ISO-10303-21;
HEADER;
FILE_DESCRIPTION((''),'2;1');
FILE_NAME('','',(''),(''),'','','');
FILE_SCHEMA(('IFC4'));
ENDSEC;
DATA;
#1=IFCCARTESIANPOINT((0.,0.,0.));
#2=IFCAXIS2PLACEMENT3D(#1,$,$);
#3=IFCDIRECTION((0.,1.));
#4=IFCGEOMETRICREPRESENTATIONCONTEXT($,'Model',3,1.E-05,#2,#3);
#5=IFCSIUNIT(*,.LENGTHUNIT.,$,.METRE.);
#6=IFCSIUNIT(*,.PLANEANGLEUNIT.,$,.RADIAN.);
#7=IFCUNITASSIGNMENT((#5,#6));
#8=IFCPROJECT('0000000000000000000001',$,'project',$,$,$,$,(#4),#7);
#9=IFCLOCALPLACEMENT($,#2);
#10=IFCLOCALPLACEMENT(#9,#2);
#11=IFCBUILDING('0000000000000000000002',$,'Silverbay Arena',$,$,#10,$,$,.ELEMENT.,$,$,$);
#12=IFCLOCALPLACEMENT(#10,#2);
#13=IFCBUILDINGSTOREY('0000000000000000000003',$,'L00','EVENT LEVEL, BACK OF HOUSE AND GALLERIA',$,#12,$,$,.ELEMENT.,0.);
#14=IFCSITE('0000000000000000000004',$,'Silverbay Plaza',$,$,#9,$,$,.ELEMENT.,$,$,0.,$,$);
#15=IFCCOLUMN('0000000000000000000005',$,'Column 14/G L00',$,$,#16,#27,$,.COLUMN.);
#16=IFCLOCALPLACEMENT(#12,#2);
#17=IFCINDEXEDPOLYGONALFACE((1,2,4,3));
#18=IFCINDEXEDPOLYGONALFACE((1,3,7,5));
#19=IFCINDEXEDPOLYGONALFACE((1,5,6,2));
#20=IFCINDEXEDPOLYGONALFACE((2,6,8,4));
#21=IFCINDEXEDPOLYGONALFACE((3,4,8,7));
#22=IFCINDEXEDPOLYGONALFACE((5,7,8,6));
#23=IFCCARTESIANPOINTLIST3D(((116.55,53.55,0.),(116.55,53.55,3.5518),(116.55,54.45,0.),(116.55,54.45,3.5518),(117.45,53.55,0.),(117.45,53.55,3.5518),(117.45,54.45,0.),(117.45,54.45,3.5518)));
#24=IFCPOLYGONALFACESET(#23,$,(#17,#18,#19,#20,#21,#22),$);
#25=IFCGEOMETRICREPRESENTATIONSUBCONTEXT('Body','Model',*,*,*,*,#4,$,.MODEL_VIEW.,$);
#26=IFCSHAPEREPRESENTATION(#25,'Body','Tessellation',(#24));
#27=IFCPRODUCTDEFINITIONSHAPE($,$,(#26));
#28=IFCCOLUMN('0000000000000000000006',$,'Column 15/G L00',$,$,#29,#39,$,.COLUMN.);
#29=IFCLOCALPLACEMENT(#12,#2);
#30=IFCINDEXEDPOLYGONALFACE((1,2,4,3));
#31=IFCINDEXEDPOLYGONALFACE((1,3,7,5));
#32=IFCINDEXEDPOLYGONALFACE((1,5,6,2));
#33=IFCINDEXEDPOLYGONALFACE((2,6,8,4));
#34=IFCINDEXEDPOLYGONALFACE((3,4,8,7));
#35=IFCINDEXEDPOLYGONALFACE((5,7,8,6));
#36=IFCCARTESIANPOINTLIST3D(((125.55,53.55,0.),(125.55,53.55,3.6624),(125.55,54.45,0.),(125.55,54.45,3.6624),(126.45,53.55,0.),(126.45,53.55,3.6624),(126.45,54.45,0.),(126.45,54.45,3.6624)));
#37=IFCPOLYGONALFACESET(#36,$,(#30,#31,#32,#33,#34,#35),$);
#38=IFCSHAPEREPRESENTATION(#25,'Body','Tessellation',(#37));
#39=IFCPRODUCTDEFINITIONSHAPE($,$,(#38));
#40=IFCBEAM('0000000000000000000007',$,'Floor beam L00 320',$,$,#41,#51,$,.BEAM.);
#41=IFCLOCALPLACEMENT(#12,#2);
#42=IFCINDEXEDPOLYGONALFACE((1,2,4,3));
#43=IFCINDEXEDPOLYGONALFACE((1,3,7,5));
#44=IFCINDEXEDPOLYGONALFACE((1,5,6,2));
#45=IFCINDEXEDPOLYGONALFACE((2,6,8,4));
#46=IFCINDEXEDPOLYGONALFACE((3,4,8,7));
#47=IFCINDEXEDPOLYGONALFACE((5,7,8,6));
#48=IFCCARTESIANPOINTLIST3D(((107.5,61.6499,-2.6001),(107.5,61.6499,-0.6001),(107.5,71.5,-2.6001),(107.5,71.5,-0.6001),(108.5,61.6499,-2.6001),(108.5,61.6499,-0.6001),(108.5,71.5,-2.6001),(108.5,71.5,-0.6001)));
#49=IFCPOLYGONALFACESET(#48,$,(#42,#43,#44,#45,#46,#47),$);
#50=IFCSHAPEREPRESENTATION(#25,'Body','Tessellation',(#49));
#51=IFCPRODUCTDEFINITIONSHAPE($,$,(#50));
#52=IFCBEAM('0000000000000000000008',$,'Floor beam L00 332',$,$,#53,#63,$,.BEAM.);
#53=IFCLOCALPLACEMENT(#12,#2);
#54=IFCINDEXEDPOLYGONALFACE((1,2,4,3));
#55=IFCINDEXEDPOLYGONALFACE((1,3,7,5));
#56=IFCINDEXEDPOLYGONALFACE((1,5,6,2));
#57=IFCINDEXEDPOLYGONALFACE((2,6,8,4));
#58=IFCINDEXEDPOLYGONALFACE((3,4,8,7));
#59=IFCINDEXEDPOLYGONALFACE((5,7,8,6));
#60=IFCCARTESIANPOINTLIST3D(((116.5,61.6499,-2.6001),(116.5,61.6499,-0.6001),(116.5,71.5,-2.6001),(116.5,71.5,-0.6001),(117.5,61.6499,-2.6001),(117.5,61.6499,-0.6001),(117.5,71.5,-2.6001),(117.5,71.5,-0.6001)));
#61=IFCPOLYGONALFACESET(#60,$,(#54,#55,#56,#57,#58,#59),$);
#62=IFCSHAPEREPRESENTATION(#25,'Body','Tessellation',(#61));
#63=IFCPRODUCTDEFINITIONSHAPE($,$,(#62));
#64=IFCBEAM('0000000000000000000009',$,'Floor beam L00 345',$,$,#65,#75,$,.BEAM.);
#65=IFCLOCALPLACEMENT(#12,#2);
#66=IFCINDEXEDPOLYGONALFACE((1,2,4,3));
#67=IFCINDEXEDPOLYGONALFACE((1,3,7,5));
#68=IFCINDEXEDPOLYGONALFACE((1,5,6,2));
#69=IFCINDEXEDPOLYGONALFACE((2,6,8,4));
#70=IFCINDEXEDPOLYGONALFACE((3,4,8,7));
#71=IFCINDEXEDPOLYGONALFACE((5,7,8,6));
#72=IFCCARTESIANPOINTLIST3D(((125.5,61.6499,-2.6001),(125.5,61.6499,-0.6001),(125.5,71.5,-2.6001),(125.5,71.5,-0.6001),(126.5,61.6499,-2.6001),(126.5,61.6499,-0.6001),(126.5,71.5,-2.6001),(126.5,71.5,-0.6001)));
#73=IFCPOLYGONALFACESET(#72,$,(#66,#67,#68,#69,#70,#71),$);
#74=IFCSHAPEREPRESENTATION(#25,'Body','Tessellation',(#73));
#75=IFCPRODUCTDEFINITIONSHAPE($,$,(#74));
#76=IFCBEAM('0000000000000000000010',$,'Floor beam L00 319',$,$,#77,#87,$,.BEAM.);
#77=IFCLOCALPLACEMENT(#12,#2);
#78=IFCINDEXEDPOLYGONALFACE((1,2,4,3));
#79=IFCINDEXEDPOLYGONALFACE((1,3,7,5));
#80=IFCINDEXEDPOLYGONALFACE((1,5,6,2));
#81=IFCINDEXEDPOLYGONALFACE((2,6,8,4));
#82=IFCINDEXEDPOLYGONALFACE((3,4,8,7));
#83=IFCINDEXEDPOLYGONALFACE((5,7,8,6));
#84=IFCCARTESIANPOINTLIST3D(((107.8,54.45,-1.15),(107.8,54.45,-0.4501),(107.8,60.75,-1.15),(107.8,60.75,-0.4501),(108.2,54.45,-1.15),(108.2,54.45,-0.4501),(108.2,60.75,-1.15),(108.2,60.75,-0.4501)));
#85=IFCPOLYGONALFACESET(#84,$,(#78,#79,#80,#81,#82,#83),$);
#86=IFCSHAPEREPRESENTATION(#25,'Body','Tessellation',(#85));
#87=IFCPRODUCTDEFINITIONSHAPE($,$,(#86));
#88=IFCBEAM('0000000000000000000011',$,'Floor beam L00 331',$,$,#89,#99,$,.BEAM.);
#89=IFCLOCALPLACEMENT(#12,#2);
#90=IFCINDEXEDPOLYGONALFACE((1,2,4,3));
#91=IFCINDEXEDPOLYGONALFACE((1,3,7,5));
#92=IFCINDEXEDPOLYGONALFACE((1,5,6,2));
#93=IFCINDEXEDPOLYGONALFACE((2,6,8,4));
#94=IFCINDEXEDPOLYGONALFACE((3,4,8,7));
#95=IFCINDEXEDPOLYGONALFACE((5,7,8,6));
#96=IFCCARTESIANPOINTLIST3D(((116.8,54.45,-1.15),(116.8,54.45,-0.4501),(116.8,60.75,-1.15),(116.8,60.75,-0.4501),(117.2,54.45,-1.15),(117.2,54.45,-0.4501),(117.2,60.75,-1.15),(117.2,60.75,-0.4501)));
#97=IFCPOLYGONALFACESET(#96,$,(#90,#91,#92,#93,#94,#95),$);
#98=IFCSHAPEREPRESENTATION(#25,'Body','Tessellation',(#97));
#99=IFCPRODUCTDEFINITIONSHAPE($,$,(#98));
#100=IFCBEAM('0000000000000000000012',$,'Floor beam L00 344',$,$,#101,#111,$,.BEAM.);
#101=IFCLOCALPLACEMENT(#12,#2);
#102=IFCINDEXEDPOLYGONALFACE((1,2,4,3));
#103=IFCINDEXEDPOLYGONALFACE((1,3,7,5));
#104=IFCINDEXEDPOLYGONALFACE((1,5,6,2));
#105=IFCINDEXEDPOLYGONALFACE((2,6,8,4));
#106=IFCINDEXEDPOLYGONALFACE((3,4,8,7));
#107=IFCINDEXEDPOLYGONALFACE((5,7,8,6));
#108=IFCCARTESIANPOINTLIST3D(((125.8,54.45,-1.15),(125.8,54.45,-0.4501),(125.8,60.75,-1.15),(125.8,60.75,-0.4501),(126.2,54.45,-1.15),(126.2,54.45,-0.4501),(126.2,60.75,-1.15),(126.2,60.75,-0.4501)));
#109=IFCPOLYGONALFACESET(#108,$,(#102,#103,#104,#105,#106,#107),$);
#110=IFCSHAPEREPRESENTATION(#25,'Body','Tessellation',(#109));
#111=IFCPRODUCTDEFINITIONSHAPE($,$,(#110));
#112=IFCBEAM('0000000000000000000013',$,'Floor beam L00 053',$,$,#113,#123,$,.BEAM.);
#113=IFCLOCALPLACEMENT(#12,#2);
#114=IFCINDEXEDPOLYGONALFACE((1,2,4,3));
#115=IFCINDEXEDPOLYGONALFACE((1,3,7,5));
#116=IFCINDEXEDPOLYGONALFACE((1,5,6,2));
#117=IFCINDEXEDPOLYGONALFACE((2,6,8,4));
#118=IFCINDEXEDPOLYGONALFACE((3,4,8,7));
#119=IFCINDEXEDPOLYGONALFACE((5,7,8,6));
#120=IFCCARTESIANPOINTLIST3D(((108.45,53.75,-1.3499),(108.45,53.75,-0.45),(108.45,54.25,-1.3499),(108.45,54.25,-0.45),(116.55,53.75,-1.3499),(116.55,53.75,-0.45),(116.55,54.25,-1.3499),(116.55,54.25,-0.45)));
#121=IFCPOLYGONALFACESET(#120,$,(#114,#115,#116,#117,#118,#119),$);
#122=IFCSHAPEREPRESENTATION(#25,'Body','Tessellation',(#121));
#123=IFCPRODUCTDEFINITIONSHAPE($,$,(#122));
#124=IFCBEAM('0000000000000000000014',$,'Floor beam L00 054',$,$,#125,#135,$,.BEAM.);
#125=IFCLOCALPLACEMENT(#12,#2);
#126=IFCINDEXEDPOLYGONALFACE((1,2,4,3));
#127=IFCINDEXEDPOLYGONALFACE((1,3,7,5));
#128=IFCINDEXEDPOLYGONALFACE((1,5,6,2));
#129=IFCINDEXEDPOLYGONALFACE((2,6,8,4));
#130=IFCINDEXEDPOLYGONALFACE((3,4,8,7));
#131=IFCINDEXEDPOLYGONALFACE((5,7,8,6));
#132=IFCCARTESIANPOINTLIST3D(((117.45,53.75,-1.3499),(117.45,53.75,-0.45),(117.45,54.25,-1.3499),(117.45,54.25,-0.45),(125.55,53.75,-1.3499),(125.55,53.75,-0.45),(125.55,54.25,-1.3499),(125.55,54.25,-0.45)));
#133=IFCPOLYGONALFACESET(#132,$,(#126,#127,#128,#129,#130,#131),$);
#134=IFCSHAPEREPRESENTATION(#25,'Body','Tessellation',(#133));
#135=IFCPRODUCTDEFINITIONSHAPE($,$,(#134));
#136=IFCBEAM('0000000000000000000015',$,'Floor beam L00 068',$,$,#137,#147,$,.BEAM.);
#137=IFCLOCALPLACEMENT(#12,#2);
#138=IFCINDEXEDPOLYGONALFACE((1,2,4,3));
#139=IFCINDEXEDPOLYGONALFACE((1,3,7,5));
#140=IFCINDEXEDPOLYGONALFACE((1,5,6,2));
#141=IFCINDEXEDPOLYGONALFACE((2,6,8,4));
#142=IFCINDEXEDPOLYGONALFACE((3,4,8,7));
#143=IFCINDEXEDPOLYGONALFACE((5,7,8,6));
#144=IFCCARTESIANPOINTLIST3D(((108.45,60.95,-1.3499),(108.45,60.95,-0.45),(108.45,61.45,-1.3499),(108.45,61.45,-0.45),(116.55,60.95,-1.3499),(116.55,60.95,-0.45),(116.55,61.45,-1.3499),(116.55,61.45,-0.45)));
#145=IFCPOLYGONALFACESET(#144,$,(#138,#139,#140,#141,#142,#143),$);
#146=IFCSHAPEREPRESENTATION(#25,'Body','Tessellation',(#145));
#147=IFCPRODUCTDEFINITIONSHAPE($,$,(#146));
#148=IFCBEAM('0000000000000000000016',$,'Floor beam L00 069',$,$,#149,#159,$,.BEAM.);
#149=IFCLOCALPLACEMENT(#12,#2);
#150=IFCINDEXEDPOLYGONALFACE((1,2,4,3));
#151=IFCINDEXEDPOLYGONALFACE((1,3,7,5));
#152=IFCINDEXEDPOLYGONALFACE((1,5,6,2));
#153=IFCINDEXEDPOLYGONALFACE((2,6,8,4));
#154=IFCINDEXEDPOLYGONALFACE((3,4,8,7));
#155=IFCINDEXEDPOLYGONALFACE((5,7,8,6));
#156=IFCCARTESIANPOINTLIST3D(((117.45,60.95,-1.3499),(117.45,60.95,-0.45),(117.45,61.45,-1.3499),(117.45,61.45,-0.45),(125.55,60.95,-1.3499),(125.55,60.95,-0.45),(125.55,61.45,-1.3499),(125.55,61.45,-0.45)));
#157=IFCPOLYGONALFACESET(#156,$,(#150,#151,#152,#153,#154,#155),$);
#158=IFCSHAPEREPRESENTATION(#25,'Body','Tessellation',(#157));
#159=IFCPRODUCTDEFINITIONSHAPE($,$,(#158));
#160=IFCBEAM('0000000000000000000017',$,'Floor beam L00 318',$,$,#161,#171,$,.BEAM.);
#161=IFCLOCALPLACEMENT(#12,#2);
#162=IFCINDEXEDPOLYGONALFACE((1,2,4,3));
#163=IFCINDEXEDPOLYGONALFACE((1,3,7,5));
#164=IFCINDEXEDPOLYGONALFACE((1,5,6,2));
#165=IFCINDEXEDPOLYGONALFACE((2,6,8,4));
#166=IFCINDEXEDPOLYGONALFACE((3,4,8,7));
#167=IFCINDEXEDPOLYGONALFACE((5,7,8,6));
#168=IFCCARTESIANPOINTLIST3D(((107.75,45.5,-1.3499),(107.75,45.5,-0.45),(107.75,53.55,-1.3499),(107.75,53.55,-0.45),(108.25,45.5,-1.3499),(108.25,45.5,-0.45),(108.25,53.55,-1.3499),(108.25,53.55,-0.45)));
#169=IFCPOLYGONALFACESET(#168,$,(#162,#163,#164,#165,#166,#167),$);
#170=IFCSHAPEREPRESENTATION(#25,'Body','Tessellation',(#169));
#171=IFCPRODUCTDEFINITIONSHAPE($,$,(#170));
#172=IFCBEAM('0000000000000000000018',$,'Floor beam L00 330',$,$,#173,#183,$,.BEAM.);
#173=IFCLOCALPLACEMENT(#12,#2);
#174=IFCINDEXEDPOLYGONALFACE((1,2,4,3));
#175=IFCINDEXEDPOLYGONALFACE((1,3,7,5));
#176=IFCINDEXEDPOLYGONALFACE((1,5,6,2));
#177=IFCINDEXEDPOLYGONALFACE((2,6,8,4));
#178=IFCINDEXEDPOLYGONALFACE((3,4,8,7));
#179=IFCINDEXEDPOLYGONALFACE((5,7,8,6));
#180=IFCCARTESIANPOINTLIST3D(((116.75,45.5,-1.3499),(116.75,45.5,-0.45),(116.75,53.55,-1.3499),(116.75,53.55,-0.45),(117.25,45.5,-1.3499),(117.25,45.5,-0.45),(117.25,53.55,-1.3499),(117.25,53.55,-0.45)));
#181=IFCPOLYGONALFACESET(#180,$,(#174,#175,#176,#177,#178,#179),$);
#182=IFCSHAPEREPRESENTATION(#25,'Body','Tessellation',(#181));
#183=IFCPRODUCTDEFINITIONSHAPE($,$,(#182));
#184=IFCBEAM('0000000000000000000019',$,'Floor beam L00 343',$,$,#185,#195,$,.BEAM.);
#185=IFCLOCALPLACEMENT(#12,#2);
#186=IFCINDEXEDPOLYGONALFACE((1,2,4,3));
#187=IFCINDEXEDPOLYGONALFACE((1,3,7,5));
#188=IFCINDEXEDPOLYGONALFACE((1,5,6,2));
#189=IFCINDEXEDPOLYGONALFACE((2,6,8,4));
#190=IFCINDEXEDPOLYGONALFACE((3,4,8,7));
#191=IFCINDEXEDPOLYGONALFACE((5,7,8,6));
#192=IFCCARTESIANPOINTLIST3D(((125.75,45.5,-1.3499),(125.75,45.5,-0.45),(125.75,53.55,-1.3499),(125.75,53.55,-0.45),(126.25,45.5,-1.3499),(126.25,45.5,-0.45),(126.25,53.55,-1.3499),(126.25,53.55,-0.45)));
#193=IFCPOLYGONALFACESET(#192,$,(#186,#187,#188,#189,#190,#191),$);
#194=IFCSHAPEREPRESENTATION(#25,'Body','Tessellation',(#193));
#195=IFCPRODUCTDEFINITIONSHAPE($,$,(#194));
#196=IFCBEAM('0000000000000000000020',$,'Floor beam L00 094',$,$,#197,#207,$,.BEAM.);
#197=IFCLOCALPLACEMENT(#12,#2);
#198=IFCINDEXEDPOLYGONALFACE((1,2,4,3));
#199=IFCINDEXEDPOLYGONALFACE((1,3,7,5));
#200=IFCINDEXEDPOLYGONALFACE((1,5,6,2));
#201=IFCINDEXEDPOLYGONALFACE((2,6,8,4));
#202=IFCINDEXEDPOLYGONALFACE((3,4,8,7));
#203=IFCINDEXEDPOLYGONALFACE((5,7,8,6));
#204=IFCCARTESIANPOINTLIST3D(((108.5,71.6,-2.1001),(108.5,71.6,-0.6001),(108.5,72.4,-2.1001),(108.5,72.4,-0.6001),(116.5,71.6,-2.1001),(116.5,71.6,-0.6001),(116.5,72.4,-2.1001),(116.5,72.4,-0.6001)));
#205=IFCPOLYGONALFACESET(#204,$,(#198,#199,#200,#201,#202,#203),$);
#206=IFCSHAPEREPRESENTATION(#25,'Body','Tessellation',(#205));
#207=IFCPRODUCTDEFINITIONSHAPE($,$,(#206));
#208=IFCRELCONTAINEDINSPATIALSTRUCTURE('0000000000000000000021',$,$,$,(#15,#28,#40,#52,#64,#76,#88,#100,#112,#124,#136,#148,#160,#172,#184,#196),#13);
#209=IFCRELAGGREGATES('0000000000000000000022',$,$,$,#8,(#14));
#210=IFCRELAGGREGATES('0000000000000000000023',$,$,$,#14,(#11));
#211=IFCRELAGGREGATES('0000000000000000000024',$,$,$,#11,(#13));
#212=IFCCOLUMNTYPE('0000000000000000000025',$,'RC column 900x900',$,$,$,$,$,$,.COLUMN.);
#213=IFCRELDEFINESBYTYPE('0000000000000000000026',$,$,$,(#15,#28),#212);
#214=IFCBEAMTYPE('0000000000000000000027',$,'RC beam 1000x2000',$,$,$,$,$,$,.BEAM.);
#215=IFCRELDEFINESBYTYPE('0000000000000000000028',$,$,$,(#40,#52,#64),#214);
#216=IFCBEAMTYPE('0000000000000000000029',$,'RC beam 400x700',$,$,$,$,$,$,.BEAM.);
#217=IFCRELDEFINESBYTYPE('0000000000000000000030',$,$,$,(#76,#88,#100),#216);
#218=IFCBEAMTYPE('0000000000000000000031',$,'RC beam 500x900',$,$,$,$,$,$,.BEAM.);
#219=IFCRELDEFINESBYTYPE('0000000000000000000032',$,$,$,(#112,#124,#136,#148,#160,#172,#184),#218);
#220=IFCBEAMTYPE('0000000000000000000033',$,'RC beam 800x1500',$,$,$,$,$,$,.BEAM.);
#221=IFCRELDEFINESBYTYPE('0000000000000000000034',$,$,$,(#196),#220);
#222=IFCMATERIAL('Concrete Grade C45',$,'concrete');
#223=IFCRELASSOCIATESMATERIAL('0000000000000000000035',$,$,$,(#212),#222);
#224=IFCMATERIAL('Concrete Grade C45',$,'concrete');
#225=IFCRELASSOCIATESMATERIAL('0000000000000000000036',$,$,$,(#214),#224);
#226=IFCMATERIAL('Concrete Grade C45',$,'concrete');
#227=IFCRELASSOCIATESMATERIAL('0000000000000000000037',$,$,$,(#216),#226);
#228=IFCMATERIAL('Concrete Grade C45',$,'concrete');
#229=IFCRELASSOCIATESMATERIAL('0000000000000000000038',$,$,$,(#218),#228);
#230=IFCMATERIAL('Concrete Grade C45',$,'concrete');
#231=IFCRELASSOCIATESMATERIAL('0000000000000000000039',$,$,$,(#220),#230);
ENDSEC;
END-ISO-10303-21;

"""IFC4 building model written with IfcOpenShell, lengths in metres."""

from ifc_helpers import new_model, si_unit, direction, frame, origin, origin_2d, place, context, subcontext, project, spatial, rectangle, extrude, material, material_profile, profile_set, type_object, element, save


model = new_model("IFC4")

# Units and contexts
model_context = context("Model", 3, precision=1e-05, world=origin(), true_north=direction((0.0, 1.0)))
body_context = subcontext(model_context, "Body", "Model", "MODEL_VIEW")
ifc_project = project(units=[si_unit("LENGTHUNIT", "METRE"), si_unit("PLANEANGLEUNIT", "RADIAN")], contexts=[model_context])

# Site, building, storey
site_placement = place(None, origin())
site = spatial("IfcSite", under=ifc_project, at=site_placement, Name="Silverbay Plaza", CompositionType="ELEMENT", RefElevation=0.0)
building_placement = place(site_placement, origin())
building = spatial("IfcBuilding", under=site, at=building_placement, Name="Silverbay Arena", CompositionType="ELEMENT")
storey_placement = place(building_placement, origin())
storey = spatial("IfcBuildingStorey", under=building, at=storey_placement, Name="L00", Description="EVENT LEVEL, BACK OF HOUSE AND GALLERIA", CompositionType="ELEMENT", Elevation=0.0)

# Columns
ifc_material_1 = material(Name="Concrete Grade C45", Category="concrete")
ifc_material_profile_1 = material_profile(ifc_material_1, rectangle(XDim=0.8999, YDim=0.8999, at=origin_2d()), Name="RC 900x900")
ifc_profile_set_1 = profile_set([ifc_material_profile_1], Name="Concrete Grade C45")
column_type = type_object("IfcColumnType", Name="RC column 900x900", PredefinedType="COLUMN", material=ifc_profile_set_1)
column_1_placement = place(storey_placement, frame((117.0, 54.0, 0.0), z_axis=(0.0, 0.0, 1.0), x_axis=(1.0, 0.0, 0.0)))
element("IfcColumn", 1, at=column_1_placement, inside=storey, type_object=column_type, Name="Column 14/G L00", PredefinedType="COLUMN", context=body_context, shape_type="SweptSolid", body=[
    extrude(rectangle(XDim=0.8999, YDim=0.8999, at=origin_2d()), origin(), (0.0, 0.0, 1.0), 3.5518),
])
column_2_placement = place(storey_placement, frame((126.0, 54.0, 0.0), z_axis=(0.0, 0.0, 1.0), x_axis=(1.0, 0.0, 0.0)))
element("IfcColumn", 2, at=column_2_placement, inside=storey, type_object=column_type, Name="Column 15/G L00", PredefinedType="COLUMN", context=body_context, shape_type="SweptSolid", body=[
    extrude(rectangle(XDim=0.8999, YDim=0.8999, at=origin_2d()), origin(), (0.0, 0.0, 1.0), 3.6624),
])

# Beams
ifc_material_2 = material(Name="Concrete Grade C45", Category="concrete")
ifc_material_profile_2 = material_profile(ifc_material_2, rectangle(XDim=1.0, YDim=2.0, at=origin_2d()), Name="RC 1000x2000")
ifc_profile_set_2 = profile_set([ifc_material_profile_2], Name="Concrete Grade C45")
beam_type_1 = type_object("IfcBeamType", Name="RC beam 1000x2000", PredefinedType="BEAM", material=ifc_profile_set_2)
for number, where, z_axis, x_axis, name in (
    (3, (108.0, 61.6499, -1.6001), (0.0, 1.0, 0.0), (-1.0, 0.0, 0.0), "Floor beam L00 320"),
    (4, (117.0, 61.6499, -1.6001), (0.0, 1.0, 0.0), (-1.0, 0.0, 0.0), "Floor beam L00 332"),
    (5, (126.0, 61.6499, -1.6001), (0.0, 1.0, 0.0), (-1.0, 0.0, 0.0), "Floor beam L00 345"),
):
    element("IfcBeam", number, at=place(storey_placement, frame(where, z_axis=z_axis, x_axis=x_axis)), inside=storey, type_object=beam_type_1, Name=name, PredefinedType="BEAM", context=body_context, shape_type="SweptSolid", body=[
        extrude(rectangle(XDim=1.0, YDim=2.0, at=origin_2d()), origin(), (0.0, 0.0, 1.0), 9.8501),
    ])
ifc_material_3 = material(Name="Concrete Grade C45", Category="concrete")
ifc_material_profile_3 = material_profile(ifc_material_3, rectangle(XDim=0.3999, YDim=0.7, at=origin_2d()), Name="RC 400x700")
ifc_profile_set_3 = profile_set([ifc_material_profile_3], Name="Concrete Grade C45")
beam_type_2 = type_object("IfcBeamType", Name="RC beam 400x700", PredefinedType="BEAM", material=ifc_profile_set_3)
for number, where, z_axis, x_axis, name in (
    (6, (108.0, 54.45, -0.8), (0.0, 1.0, 0.0), (-1.0, 0.0, 0.0), "Floor beam L00 319"),
    (7, (117.0, 54.45, -0.8), (0.0, 1.0, 0.0), (-1.0, 0.0, 0.0), "Floor beam L00 331"),
    (8, (126.0, 54.45, -0.8), (0.0, 1.0, 0.0), (-1.0, 0.0, 0.0), "Floor beam L00 344"),
):
    element("IfcBeam", number, at=place(storey_placement, frame(where, z_axis=z_axis, x_axis=x_axis)), inside=storey, type_object=beam_type_2, Name=name, PredefinedType="BEAM", context=body_context, shape_type="SweptSolid", body=[
        extrude(rectangle(XDim=0.3999, YDim=0.7, at=origin_2d()), origin(), (0.0, 0.0, 1.0), 6.3),
    ])
ifc_material_4 = material(Name="Concrete Grade C45", Category="concrete")
ifc_material_profile_4 = material_profile(ifc_material_4, rectangle(XDim=0.5, YDim=0.8999, at=origin_2d()), Name="RC 500x900")
ifc_profile_set_4 = profile_set([ifc_material_profile_4], Name="Concrete Grade C45")
beam_type_3 = type_object("IfcBeamType", Name="RC beam 500x900", PredefinedType="BEAM", material=ifc_profile_set_4)
for number, where, z_axis, x_axis, name in (
    (9, (108.45, 54.0, -0.8999), (1.0, 0.0, 0.0), (0.0, 1.0, 0.0), "Floor beam L00 053"),
    (10, (117.45, 54.0, -0.8999), (1.0, 0.0, 0.0), (0.0, 1.0, 0.0), "Floor beam L00 054"),
    (11, (108.45, 61.2, -0.8999), (1.0, 0.0, 0.0), (0.0, 1.0, 0.0), "Floor beam L00 068"),
    (12, (117.45, 61.2, -0.8999), (1.0, 0.0, 0.0), (0.0, 1.0, 0.0), "Floor beam L00 069"),
):
    element("IfcBeam", number, at=place(storey_placement, frame(where, z_axis=z_axis, x_axis=x_axis)), inside=storey, type_object=beam_type_3, Name=name, PredefinedType="BEAM", context=body_context, shape_type="SweptSolid", body=[
        extrude(rectangle(XDim=0.5, YDim=0.8999, at=origin_2d()), origin(), (0.0, 0.0, 1.0), 8.1001),
    ])
for number, where, z_axis, x_axis, name in (
    (13, (108.0, 45.5, -0.8999), (0.0, 1.0, 0.0), (-1.0, 0.0, 0.0), "Floor beam L00 318"),
    (14, (117.0, 45.5, -0.8999), (0.0, 1.0, 0.0), (-1.0, 0.0, 0.0), "Floor beam L00 330"),
    (15, (126.0, 45.5, -0.8999), (0.0, 1.0, 0.0), (-1.0, 0.0, 0.0), "Floor beam L00 343"),
):
    element("IfcBeam", number, at=place(storey_placement, frame(where, z_axis=z_axis, x_axis=x_axis)), inside=storey, type_object=beam_type_3, Name=name, PredefinedType="BEAM", context=body_context, shape_type="SweptSolid", body=[
        extrude(rectangle(XDim=0.5, YDim=0.8999, at=origin_2d()), origin(), (0.0, 0.0, 1.0), 8.05),
    ])
ifc_material_5 = material(Name="Concrete Grade C45", Category="concrete")
ifc_material_profile_5 = material_profile(ifc_material_5, rectangle(XDim=0.8, YDim=1.5, at=origin_2d()), Name="RC 800x1500")
ifc_profile_set_5 = profile_set([ifc_material_profile_5], Name="Concrete Grade C45")
beam_type_4 = type_object("IfcBeamType", Name="RC beam 800x1500", PredefinedType="BEAM", material=ifc_profile_set_5)
for number, where, z_axis, x_axis, name in (
    (16, (108.5, 72.0, -1.3501), (1.0, 0.0, 0.0), (0.0, 1.0, 0.0), "Floor beam L00 094"),
):
    element("IfcBeam", number, at=place(storey_placement, frame(where, z_axis=z_axis, x_axis=x_axis)), inside=storey, type_object=beam_type_4, Name=name, PredefinedType="BEAM", context=body_context, shape_type="SweptSolid", body=[
        extrude(rectangle(XDim=0.8, YDim=1.5, at=origin_2d()), origin(), (0.0, 0.0, 1.0), 8.0),
    ])

save(model, "model.ifc")
